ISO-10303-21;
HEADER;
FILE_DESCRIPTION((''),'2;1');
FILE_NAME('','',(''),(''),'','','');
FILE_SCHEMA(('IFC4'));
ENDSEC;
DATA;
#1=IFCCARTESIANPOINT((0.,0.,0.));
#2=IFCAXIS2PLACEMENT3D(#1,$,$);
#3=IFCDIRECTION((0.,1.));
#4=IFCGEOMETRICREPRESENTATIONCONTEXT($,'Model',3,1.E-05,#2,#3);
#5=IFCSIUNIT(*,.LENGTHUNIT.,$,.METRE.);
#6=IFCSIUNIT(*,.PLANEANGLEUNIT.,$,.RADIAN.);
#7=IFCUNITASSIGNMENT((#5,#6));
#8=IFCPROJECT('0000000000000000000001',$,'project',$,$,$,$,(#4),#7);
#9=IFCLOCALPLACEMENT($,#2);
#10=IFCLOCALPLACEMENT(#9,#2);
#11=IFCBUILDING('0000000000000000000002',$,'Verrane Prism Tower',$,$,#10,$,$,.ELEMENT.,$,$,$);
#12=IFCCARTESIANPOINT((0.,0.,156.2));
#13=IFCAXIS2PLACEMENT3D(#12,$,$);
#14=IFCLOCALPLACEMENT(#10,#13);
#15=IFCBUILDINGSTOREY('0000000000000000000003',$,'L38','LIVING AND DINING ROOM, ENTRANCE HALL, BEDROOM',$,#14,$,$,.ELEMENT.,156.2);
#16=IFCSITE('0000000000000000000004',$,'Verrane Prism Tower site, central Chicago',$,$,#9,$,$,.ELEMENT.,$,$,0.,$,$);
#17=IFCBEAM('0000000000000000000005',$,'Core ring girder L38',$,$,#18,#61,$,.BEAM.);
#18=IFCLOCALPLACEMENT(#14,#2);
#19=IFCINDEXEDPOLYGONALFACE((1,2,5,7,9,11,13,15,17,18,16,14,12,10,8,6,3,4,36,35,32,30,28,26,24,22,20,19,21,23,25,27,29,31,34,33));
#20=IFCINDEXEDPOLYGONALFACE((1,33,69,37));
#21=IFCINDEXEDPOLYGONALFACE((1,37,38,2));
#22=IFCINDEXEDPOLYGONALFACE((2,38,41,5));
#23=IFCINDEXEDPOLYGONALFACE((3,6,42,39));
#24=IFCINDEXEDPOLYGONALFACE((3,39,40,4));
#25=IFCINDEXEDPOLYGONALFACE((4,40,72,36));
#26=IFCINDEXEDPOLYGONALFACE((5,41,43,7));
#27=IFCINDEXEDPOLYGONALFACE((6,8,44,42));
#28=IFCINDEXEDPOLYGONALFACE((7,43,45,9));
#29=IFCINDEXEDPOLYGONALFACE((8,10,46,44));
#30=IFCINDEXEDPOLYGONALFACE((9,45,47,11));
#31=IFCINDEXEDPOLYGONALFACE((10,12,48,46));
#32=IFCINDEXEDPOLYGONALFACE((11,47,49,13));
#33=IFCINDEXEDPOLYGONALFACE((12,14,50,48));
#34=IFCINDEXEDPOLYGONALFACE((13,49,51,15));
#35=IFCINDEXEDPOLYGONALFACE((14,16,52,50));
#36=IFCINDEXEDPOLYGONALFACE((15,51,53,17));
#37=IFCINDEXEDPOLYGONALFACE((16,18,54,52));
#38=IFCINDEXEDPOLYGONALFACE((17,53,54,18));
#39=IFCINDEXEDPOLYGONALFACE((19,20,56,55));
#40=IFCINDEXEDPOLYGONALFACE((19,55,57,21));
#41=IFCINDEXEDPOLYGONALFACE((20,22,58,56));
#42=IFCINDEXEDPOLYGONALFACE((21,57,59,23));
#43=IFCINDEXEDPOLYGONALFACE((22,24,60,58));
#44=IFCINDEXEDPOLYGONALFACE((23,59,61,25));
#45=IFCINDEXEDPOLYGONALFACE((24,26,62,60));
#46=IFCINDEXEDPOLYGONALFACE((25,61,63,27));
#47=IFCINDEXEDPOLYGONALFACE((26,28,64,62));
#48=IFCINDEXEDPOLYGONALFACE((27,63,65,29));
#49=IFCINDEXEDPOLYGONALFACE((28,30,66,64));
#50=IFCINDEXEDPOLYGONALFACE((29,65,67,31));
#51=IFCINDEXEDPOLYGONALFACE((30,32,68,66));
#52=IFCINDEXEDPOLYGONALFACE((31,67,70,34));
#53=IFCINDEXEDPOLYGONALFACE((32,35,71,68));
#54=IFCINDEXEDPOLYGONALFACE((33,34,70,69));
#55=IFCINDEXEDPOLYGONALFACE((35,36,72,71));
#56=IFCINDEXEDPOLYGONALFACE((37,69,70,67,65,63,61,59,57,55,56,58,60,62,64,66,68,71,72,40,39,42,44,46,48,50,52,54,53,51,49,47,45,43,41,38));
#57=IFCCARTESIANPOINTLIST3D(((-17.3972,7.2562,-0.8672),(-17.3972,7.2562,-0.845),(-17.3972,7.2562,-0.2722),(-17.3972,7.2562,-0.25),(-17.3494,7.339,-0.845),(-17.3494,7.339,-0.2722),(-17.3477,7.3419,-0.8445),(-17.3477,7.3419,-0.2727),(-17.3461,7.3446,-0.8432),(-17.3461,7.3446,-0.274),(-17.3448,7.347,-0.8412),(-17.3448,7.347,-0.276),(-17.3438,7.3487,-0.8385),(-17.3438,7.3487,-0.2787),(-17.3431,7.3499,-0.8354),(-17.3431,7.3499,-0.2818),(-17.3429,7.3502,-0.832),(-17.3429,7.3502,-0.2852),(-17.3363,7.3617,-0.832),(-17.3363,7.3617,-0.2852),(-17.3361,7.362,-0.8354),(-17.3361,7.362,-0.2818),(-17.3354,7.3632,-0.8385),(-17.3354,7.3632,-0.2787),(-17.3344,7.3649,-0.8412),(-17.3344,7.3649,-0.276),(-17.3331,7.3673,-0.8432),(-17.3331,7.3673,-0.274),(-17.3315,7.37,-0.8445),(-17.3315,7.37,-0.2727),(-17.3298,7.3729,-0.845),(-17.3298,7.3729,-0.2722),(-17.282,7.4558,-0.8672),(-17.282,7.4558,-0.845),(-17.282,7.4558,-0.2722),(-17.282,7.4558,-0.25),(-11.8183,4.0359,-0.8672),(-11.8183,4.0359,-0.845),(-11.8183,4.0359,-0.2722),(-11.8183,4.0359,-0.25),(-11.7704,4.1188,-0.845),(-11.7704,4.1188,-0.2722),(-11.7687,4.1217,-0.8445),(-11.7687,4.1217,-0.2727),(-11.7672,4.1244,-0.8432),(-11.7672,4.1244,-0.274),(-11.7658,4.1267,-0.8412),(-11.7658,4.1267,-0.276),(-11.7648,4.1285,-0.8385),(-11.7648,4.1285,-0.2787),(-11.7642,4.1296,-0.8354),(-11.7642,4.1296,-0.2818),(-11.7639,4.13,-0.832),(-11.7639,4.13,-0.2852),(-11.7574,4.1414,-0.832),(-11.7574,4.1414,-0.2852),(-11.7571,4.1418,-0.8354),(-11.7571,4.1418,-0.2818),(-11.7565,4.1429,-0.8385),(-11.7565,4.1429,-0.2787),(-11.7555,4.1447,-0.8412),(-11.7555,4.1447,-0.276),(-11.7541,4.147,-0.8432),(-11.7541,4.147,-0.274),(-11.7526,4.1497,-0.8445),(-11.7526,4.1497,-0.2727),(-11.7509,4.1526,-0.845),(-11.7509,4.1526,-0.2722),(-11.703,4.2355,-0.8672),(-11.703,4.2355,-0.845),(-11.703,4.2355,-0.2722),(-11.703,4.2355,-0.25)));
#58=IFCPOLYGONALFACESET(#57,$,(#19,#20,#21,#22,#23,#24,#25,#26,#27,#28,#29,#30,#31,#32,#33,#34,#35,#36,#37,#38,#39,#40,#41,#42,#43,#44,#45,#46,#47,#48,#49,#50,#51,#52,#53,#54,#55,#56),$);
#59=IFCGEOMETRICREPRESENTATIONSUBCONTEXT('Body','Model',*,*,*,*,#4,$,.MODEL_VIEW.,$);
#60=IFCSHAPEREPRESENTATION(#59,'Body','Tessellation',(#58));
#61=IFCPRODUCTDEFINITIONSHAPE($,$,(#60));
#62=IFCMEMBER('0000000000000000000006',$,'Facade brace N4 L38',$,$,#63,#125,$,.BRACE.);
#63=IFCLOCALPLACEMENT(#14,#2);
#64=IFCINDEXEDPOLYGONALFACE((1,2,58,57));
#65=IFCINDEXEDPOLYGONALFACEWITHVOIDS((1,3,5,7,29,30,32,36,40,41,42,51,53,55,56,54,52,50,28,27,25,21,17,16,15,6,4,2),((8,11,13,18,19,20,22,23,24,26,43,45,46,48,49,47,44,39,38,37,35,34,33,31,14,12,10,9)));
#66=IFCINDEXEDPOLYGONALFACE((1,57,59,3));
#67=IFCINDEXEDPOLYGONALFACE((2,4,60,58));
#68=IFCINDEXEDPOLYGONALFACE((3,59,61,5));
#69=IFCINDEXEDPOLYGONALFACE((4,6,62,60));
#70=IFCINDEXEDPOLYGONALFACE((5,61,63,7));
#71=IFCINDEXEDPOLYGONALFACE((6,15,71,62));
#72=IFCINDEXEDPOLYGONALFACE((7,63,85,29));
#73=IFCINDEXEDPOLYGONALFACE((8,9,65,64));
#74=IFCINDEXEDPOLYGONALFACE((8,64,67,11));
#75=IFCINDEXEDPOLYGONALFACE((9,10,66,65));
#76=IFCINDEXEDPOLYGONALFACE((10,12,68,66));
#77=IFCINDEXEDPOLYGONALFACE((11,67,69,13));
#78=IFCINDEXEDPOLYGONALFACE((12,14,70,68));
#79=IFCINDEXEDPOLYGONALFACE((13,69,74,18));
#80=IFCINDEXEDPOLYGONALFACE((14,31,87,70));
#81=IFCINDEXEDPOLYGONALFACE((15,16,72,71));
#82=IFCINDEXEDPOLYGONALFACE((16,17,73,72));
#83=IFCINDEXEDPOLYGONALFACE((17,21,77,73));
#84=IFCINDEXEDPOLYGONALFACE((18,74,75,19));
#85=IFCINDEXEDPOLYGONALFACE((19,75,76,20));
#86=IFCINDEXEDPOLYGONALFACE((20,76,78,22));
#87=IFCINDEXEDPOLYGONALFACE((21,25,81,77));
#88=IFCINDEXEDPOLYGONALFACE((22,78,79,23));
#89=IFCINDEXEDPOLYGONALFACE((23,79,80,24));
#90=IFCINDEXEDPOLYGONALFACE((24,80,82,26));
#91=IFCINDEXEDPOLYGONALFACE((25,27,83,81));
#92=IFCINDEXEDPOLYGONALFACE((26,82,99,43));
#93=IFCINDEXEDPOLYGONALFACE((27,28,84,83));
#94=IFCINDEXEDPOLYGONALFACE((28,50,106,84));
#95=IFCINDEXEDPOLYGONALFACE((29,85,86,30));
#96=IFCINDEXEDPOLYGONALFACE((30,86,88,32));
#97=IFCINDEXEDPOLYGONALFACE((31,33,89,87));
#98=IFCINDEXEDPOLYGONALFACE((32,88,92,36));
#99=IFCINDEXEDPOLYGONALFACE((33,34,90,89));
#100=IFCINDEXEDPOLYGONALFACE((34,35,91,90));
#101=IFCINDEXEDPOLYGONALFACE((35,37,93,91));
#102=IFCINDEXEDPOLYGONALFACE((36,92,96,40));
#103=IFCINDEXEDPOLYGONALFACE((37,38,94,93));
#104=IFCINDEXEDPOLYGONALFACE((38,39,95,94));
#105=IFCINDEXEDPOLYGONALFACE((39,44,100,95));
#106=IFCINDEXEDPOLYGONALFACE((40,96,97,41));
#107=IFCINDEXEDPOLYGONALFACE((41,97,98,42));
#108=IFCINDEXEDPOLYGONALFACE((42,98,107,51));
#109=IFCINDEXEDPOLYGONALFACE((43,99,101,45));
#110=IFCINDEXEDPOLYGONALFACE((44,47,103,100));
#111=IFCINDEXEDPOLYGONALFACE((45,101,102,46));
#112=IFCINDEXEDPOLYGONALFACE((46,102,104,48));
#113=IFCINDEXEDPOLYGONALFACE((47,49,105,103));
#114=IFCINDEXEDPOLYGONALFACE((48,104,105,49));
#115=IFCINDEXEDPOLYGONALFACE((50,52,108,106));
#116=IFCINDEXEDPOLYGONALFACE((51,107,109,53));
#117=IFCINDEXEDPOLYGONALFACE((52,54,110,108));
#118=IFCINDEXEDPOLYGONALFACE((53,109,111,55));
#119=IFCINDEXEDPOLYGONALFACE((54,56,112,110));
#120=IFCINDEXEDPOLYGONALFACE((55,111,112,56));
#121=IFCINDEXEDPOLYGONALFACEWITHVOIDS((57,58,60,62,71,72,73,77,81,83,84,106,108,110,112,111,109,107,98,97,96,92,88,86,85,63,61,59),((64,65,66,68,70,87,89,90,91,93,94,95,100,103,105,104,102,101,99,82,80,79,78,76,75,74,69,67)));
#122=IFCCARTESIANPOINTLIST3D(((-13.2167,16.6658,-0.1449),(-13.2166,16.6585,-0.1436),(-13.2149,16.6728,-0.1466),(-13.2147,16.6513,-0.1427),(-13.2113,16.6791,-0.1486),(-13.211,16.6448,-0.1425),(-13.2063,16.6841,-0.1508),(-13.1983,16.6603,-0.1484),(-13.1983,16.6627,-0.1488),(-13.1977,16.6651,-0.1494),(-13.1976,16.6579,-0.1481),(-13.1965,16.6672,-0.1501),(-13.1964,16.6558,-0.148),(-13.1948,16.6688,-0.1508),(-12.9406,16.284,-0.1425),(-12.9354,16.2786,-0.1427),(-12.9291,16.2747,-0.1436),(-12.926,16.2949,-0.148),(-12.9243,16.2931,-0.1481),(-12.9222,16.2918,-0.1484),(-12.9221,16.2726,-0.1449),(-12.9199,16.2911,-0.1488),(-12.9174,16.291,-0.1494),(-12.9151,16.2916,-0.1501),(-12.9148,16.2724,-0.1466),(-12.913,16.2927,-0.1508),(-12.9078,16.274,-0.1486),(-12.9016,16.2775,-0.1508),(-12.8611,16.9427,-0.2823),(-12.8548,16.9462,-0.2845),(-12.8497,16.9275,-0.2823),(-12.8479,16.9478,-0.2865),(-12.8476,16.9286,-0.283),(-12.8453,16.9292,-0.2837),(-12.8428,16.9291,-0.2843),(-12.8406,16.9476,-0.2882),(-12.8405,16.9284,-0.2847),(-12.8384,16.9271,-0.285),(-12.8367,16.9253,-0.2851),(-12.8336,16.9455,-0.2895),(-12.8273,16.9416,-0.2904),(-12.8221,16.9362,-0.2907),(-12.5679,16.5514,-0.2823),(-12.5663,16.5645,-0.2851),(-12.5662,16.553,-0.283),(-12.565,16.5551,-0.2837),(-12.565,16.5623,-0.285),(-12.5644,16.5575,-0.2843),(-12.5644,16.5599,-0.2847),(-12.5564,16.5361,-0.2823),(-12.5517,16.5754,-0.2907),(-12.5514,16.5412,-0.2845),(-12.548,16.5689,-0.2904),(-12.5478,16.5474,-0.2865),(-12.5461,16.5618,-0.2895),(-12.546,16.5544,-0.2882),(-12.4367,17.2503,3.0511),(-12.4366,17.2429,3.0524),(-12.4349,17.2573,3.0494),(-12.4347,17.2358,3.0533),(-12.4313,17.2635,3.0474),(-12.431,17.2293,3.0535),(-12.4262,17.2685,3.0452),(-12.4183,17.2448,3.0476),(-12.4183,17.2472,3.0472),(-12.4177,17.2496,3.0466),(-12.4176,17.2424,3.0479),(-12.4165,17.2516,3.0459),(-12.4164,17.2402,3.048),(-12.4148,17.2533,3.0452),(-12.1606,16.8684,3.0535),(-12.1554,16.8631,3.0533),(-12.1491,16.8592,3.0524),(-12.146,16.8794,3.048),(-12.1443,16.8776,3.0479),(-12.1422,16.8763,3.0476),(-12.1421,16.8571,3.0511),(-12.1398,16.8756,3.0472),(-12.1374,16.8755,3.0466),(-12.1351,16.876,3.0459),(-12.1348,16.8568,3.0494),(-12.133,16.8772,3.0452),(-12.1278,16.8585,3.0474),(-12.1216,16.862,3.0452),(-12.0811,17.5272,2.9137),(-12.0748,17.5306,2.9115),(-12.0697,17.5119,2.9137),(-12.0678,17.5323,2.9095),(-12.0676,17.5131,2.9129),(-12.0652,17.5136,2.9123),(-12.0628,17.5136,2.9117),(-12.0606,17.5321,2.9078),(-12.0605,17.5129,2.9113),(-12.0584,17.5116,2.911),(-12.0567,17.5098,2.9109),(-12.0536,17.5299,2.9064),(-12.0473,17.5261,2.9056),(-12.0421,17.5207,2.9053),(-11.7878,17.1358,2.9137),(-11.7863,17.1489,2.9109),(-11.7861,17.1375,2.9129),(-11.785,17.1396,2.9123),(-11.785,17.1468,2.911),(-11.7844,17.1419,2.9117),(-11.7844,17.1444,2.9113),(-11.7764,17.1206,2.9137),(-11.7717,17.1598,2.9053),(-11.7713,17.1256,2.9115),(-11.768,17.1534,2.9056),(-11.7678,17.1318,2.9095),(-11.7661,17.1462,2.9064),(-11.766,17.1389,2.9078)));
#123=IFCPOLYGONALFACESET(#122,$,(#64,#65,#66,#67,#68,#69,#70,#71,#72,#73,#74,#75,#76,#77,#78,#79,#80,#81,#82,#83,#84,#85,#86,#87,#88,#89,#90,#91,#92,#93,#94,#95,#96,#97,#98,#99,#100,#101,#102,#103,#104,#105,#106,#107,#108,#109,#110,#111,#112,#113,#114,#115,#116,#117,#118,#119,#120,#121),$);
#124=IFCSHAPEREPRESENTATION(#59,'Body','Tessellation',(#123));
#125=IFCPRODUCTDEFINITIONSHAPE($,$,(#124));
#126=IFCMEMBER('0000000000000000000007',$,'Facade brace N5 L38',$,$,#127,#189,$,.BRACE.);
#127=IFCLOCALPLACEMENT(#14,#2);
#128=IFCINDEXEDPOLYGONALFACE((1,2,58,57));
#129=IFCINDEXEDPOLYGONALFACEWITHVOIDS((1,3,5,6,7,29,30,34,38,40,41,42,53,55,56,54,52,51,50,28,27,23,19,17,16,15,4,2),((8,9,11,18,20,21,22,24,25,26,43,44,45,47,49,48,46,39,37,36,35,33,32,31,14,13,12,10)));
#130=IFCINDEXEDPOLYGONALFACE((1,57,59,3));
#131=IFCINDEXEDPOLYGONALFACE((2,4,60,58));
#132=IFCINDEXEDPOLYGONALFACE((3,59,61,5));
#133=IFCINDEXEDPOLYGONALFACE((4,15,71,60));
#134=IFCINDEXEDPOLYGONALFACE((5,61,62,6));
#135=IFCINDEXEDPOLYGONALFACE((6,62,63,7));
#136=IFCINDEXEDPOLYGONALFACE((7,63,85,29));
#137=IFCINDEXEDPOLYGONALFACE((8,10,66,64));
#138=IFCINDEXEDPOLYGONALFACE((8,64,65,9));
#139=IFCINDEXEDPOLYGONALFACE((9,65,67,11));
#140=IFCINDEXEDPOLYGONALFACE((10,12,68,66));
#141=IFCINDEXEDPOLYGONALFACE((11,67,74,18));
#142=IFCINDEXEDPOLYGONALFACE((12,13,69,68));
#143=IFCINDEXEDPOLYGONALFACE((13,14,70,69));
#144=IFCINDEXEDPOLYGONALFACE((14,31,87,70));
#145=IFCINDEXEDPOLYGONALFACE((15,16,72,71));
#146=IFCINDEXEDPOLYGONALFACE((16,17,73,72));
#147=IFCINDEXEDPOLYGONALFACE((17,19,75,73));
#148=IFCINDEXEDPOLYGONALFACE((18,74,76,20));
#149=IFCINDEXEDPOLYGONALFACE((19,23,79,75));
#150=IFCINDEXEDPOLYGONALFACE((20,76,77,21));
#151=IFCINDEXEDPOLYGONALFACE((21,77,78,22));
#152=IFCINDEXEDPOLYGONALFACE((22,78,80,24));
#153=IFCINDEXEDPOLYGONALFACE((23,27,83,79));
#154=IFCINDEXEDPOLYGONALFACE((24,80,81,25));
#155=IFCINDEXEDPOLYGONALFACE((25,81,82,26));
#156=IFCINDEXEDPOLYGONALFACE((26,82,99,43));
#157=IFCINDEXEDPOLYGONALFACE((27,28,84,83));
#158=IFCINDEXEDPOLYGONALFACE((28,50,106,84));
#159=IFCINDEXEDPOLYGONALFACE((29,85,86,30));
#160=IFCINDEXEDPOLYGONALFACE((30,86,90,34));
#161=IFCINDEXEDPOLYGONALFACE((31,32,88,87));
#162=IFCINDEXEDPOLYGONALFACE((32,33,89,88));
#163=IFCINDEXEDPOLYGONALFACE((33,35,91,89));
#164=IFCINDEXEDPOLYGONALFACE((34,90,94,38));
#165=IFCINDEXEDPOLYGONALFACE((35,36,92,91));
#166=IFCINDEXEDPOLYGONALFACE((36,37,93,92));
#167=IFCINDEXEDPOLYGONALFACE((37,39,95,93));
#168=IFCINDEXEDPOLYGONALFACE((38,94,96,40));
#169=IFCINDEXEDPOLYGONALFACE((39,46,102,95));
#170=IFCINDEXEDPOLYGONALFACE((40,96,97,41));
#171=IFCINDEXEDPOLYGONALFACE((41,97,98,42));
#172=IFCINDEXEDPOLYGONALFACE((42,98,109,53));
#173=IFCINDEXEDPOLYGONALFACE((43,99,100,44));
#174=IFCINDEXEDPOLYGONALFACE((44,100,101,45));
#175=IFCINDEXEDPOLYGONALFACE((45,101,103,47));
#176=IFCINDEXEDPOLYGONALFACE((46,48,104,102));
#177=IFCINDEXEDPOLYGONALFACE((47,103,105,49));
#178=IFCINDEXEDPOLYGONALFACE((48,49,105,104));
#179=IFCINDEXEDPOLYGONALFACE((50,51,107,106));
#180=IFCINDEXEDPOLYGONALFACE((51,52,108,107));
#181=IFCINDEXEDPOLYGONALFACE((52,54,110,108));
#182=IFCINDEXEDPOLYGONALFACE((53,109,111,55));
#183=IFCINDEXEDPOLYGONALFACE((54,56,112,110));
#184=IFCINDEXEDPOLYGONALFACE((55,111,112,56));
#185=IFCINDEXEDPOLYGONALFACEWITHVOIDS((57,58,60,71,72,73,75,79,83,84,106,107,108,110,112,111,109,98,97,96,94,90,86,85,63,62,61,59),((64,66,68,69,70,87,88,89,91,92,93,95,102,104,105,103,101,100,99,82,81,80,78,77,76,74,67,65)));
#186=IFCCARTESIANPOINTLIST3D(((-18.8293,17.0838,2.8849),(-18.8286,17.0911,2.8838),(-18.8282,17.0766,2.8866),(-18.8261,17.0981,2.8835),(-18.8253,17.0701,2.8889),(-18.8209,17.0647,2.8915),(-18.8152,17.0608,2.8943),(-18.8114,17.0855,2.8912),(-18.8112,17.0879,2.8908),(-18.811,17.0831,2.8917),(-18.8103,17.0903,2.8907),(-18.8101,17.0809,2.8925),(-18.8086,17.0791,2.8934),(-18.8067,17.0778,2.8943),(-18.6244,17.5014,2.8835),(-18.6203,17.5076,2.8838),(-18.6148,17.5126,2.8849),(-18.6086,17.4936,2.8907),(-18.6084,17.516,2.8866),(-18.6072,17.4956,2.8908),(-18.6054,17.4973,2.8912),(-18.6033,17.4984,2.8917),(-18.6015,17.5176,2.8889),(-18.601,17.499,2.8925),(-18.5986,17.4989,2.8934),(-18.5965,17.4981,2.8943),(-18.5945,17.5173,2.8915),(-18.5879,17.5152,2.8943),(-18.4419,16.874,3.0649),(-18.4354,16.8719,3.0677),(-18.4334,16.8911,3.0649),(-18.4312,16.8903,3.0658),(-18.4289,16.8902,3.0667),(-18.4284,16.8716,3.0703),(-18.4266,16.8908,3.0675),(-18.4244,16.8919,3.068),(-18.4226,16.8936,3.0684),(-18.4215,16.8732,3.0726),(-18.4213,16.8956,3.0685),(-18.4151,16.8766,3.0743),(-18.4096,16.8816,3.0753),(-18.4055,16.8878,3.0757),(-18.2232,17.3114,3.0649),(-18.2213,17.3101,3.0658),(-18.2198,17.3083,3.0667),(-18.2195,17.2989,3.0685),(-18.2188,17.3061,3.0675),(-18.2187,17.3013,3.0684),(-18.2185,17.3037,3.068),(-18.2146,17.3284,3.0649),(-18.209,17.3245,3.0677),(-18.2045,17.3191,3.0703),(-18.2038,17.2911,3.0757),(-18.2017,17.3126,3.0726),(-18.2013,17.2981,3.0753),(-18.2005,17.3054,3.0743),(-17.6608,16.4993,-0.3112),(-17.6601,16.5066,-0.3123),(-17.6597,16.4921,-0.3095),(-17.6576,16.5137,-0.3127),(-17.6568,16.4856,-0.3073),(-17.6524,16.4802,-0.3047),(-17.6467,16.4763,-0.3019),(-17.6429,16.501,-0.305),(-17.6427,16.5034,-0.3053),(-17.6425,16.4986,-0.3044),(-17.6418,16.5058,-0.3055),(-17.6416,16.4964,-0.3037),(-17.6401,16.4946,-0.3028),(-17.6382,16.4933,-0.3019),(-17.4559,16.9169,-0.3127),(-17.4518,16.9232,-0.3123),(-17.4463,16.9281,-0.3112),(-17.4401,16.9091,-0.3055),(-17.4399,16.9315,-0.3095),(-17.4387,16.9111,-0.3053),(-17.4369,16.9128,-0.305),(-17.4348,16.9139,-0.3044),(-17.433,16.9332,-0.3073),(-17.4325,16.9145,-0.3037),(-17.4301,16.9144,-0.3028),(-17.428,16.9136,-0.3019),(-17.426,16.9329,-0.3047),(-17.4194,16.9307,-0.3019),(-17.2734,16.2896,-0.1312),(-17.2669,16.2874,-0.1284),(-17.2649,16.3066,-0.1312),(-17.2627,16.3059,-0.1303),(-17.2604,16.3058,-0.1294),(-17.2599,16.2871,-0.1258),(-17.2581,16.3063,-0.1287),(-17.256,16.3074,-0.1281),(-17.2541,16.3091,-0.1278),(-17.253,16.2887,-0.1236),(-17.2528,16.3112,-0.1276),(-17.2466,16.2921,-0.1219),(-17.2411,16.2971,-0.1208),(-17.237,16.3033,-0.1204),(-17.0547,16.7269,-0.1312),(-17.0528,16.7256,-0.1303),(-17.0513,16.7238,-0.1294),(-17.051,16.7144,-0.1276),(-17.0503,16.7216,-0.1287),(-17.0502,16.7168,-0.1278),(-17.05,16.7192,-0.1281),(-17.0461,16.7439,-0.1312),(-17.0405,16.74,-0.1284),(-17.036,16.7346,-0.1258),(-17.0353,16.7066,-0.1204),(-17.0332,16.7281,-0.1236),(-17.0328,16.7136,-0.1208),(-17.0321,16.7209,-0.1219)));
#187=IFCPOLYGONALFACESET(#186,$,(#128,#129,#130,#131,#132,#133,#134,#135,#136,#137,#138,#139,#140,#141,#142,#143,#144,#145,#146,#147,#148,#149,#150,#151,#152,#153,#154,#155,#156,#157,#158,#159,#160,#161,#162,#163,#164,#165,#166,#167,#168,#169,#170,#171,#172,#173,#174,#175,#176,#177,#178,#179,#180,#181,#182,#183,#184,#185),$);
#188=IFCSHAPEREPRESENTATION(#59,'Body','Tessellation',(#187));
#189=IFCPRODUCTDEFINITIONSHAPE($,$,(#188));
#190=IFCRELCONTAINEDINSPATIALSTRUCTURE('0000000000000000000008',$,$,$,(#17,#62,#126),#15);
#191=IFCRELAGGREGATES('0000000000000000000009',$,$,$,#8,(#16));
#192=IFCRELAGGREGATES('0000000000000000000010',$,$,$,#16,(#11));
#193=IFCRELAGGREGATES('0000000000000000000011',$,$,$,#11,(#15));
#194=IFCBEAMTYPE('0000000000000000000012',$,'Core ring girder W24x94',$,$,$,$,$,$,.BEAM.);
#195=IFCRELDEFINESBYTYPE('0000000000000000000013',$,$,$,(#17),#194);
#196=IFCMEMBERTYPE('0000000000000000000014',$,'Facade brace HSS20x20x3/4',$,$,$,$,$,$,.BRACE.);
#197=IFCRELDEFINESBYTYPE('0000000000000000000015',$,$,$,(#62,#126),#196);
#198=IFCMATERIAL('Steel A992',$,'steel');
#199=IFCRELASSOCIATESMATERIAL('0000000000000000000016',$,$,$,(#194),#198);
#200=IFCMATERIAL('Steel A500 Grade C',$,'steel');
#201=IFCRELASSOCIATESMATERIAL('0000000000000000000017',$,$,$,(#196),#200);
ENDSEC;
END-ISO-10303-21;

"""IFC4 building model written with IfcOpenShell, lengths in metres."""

from ifc_helpers import new_model, si_unit, direction, frame, origin, origin_2d, place, context, subcontext, project, spatial, hollow_rectangle, i_section, extrude, material, material_profile, profile_set, type_object, element, save


model = new_model("IFC4")

# Units and contexts
model_context = context("Model", 3, precision=1e-05, world=origin(), true_north=direction((0.0, 1.0)))
body_context = subcontext(model_context, "Body", "Model", "MODEL_VIEW")
ifc_project = project(units=[si_unit("LENGTHUNIT", "METRE"), si_unit("PLANEANGLEUNIT", "RADIAN")], contexts=[model_context])

# Site, building, storey
site_placement = place(None, origin())
site = spatial("IfcSite", under=ifc_project, at=site_placement, Name="Verrane Prism Tower site, central Chicago", CompositionType="ELEMENT", RefElevation=0.0)
building_placement = place(site_placement, origin())
building = spatial("IfcBuilding", under=site, at=building_placement, Name="Verrane Prism Tower", CompositionType="ELEMENT")
storey_placement = place(building_placement, frame((0.0, 0.0, 156.2)))
storey = spatial("IfcBuildingStorey", under=building, at=storey_placement, Name="L38", Description="LIVING AND DINING ROOM, ENTRANCE HALL, BEDROOM", CompositionType="ELEMENT", Elevation=156.2)

# Beam
ifc_material_1 = material(Name="Steel A992", Category="steel")
ifc_material_profile_1 = material_profile(ifc_material_1, i_section(OverallWidth=0.2305, OverallDepth=0.6172, WebThickness=0.0132, FlangeThickness=0.0222, FilletRadius=0.0129, at=origin_2d()), Name="W24x94")
ifc_profile_set_1 = profile_set([ifc_material_profile_1], Name="Steel A992")
beam_type_1 = type_object("IfcBeamType", Name="Core ring girder W24x94", PredefinedType="BEAM", material=ifc_profile_set_1)
beam_1_placement = place(storey_placement, frame((-17.3396, 7.356, -0.5586), z_axis=(0.866075, -0.499914, 0.0), x_axis=(0.499914, 0.866075, 0.0)))
element("IfcBeam", 1, at=beam_1_placement, inside=storey, type_object=beam_type_1, Name="Core ring girder L38", PredefinedType="BEAM", context=body_context, shape_type="SweptSolid", body=[
    extrude(i_section(OverallWidth=0.2305, OverallDepth=0.6172, WebThickness=0.0132, FlangeThickness=0.0222, FilletRadius=0.0129, at=origin_2d()), origin(), (0.0, 0.0, 1.0), 6.4417),
])

# Members
ifc_material_2 = material(Name="Steel A500 Grade C", Category="steel")
ifc_material_profile_2 = material_profile(ifc_material_2, hollow_rectangle(XDim=0.5081, YDim=0.5081, WallThickness=0.019, InnerFilletRadius=0.0095, OuterFilletRadius=0.0286, at=origin_2d()), Name="HSS20x20x3/4")
ifc_profile_set_2 = profile_set([ifc_material_profile_2], Name="Steel A500 Grade C")
member_type_1 = type_object("IfcMemberType", Name="Facade brace HSS20x20x3/4", PredefinedType="BRACE", material=ifc_profile_set_2)
member_1_placement = place(storey_placement, frame((-12.8813, 16.6101, -0.2166), z_axis=(0.233446, 0.17492, 0.956507), x_axis=(-0.599639, 0.80027, 0.0)))
element("IfcMember", 2, at=member_1_placement, inside=storey, type_object=member_type_1, Name="Facade brace N4 L38", PredefinedType="BRACE", context=body_context, shape_type="SweptSolid", body=[
    extrude(hollow_rectangle(XDim=0.5081, YDim=0.5081, WallThickness=0.019, InnerFilletRadius=0.0095, OuterFilletRadius=0.0286, at=origin_2d()), origin(), (0.0, 0.0, 1.0), 3.3413),
])
member_2_placement = place(storey_placement, frame((-17.3464, 16.6101, -0.2166), z_axis=(-0.338412, 0.169277, 0.925647), x_axis=(-0.447363, -0.894352, 0.0)))
element("IfcMember", 3, at=member_2_placement, inside=storey, type_object=member_type_1, Name="Facade brace N5 L38", PredefinedType="BRACE", context=body_context, shape_type="SweptSolid", body=[
    extrude(hollow_rectangle(XDim=0.5081, YDim=0.5081, WallThickness=0.019, InnerFilletRadius=0.0095, OuterFilletRadius=0.0286, at=origin_2d()), origin(), (0.0, 0.0, 1.0), 3.4529),
])

save(model, "model.ifc")
